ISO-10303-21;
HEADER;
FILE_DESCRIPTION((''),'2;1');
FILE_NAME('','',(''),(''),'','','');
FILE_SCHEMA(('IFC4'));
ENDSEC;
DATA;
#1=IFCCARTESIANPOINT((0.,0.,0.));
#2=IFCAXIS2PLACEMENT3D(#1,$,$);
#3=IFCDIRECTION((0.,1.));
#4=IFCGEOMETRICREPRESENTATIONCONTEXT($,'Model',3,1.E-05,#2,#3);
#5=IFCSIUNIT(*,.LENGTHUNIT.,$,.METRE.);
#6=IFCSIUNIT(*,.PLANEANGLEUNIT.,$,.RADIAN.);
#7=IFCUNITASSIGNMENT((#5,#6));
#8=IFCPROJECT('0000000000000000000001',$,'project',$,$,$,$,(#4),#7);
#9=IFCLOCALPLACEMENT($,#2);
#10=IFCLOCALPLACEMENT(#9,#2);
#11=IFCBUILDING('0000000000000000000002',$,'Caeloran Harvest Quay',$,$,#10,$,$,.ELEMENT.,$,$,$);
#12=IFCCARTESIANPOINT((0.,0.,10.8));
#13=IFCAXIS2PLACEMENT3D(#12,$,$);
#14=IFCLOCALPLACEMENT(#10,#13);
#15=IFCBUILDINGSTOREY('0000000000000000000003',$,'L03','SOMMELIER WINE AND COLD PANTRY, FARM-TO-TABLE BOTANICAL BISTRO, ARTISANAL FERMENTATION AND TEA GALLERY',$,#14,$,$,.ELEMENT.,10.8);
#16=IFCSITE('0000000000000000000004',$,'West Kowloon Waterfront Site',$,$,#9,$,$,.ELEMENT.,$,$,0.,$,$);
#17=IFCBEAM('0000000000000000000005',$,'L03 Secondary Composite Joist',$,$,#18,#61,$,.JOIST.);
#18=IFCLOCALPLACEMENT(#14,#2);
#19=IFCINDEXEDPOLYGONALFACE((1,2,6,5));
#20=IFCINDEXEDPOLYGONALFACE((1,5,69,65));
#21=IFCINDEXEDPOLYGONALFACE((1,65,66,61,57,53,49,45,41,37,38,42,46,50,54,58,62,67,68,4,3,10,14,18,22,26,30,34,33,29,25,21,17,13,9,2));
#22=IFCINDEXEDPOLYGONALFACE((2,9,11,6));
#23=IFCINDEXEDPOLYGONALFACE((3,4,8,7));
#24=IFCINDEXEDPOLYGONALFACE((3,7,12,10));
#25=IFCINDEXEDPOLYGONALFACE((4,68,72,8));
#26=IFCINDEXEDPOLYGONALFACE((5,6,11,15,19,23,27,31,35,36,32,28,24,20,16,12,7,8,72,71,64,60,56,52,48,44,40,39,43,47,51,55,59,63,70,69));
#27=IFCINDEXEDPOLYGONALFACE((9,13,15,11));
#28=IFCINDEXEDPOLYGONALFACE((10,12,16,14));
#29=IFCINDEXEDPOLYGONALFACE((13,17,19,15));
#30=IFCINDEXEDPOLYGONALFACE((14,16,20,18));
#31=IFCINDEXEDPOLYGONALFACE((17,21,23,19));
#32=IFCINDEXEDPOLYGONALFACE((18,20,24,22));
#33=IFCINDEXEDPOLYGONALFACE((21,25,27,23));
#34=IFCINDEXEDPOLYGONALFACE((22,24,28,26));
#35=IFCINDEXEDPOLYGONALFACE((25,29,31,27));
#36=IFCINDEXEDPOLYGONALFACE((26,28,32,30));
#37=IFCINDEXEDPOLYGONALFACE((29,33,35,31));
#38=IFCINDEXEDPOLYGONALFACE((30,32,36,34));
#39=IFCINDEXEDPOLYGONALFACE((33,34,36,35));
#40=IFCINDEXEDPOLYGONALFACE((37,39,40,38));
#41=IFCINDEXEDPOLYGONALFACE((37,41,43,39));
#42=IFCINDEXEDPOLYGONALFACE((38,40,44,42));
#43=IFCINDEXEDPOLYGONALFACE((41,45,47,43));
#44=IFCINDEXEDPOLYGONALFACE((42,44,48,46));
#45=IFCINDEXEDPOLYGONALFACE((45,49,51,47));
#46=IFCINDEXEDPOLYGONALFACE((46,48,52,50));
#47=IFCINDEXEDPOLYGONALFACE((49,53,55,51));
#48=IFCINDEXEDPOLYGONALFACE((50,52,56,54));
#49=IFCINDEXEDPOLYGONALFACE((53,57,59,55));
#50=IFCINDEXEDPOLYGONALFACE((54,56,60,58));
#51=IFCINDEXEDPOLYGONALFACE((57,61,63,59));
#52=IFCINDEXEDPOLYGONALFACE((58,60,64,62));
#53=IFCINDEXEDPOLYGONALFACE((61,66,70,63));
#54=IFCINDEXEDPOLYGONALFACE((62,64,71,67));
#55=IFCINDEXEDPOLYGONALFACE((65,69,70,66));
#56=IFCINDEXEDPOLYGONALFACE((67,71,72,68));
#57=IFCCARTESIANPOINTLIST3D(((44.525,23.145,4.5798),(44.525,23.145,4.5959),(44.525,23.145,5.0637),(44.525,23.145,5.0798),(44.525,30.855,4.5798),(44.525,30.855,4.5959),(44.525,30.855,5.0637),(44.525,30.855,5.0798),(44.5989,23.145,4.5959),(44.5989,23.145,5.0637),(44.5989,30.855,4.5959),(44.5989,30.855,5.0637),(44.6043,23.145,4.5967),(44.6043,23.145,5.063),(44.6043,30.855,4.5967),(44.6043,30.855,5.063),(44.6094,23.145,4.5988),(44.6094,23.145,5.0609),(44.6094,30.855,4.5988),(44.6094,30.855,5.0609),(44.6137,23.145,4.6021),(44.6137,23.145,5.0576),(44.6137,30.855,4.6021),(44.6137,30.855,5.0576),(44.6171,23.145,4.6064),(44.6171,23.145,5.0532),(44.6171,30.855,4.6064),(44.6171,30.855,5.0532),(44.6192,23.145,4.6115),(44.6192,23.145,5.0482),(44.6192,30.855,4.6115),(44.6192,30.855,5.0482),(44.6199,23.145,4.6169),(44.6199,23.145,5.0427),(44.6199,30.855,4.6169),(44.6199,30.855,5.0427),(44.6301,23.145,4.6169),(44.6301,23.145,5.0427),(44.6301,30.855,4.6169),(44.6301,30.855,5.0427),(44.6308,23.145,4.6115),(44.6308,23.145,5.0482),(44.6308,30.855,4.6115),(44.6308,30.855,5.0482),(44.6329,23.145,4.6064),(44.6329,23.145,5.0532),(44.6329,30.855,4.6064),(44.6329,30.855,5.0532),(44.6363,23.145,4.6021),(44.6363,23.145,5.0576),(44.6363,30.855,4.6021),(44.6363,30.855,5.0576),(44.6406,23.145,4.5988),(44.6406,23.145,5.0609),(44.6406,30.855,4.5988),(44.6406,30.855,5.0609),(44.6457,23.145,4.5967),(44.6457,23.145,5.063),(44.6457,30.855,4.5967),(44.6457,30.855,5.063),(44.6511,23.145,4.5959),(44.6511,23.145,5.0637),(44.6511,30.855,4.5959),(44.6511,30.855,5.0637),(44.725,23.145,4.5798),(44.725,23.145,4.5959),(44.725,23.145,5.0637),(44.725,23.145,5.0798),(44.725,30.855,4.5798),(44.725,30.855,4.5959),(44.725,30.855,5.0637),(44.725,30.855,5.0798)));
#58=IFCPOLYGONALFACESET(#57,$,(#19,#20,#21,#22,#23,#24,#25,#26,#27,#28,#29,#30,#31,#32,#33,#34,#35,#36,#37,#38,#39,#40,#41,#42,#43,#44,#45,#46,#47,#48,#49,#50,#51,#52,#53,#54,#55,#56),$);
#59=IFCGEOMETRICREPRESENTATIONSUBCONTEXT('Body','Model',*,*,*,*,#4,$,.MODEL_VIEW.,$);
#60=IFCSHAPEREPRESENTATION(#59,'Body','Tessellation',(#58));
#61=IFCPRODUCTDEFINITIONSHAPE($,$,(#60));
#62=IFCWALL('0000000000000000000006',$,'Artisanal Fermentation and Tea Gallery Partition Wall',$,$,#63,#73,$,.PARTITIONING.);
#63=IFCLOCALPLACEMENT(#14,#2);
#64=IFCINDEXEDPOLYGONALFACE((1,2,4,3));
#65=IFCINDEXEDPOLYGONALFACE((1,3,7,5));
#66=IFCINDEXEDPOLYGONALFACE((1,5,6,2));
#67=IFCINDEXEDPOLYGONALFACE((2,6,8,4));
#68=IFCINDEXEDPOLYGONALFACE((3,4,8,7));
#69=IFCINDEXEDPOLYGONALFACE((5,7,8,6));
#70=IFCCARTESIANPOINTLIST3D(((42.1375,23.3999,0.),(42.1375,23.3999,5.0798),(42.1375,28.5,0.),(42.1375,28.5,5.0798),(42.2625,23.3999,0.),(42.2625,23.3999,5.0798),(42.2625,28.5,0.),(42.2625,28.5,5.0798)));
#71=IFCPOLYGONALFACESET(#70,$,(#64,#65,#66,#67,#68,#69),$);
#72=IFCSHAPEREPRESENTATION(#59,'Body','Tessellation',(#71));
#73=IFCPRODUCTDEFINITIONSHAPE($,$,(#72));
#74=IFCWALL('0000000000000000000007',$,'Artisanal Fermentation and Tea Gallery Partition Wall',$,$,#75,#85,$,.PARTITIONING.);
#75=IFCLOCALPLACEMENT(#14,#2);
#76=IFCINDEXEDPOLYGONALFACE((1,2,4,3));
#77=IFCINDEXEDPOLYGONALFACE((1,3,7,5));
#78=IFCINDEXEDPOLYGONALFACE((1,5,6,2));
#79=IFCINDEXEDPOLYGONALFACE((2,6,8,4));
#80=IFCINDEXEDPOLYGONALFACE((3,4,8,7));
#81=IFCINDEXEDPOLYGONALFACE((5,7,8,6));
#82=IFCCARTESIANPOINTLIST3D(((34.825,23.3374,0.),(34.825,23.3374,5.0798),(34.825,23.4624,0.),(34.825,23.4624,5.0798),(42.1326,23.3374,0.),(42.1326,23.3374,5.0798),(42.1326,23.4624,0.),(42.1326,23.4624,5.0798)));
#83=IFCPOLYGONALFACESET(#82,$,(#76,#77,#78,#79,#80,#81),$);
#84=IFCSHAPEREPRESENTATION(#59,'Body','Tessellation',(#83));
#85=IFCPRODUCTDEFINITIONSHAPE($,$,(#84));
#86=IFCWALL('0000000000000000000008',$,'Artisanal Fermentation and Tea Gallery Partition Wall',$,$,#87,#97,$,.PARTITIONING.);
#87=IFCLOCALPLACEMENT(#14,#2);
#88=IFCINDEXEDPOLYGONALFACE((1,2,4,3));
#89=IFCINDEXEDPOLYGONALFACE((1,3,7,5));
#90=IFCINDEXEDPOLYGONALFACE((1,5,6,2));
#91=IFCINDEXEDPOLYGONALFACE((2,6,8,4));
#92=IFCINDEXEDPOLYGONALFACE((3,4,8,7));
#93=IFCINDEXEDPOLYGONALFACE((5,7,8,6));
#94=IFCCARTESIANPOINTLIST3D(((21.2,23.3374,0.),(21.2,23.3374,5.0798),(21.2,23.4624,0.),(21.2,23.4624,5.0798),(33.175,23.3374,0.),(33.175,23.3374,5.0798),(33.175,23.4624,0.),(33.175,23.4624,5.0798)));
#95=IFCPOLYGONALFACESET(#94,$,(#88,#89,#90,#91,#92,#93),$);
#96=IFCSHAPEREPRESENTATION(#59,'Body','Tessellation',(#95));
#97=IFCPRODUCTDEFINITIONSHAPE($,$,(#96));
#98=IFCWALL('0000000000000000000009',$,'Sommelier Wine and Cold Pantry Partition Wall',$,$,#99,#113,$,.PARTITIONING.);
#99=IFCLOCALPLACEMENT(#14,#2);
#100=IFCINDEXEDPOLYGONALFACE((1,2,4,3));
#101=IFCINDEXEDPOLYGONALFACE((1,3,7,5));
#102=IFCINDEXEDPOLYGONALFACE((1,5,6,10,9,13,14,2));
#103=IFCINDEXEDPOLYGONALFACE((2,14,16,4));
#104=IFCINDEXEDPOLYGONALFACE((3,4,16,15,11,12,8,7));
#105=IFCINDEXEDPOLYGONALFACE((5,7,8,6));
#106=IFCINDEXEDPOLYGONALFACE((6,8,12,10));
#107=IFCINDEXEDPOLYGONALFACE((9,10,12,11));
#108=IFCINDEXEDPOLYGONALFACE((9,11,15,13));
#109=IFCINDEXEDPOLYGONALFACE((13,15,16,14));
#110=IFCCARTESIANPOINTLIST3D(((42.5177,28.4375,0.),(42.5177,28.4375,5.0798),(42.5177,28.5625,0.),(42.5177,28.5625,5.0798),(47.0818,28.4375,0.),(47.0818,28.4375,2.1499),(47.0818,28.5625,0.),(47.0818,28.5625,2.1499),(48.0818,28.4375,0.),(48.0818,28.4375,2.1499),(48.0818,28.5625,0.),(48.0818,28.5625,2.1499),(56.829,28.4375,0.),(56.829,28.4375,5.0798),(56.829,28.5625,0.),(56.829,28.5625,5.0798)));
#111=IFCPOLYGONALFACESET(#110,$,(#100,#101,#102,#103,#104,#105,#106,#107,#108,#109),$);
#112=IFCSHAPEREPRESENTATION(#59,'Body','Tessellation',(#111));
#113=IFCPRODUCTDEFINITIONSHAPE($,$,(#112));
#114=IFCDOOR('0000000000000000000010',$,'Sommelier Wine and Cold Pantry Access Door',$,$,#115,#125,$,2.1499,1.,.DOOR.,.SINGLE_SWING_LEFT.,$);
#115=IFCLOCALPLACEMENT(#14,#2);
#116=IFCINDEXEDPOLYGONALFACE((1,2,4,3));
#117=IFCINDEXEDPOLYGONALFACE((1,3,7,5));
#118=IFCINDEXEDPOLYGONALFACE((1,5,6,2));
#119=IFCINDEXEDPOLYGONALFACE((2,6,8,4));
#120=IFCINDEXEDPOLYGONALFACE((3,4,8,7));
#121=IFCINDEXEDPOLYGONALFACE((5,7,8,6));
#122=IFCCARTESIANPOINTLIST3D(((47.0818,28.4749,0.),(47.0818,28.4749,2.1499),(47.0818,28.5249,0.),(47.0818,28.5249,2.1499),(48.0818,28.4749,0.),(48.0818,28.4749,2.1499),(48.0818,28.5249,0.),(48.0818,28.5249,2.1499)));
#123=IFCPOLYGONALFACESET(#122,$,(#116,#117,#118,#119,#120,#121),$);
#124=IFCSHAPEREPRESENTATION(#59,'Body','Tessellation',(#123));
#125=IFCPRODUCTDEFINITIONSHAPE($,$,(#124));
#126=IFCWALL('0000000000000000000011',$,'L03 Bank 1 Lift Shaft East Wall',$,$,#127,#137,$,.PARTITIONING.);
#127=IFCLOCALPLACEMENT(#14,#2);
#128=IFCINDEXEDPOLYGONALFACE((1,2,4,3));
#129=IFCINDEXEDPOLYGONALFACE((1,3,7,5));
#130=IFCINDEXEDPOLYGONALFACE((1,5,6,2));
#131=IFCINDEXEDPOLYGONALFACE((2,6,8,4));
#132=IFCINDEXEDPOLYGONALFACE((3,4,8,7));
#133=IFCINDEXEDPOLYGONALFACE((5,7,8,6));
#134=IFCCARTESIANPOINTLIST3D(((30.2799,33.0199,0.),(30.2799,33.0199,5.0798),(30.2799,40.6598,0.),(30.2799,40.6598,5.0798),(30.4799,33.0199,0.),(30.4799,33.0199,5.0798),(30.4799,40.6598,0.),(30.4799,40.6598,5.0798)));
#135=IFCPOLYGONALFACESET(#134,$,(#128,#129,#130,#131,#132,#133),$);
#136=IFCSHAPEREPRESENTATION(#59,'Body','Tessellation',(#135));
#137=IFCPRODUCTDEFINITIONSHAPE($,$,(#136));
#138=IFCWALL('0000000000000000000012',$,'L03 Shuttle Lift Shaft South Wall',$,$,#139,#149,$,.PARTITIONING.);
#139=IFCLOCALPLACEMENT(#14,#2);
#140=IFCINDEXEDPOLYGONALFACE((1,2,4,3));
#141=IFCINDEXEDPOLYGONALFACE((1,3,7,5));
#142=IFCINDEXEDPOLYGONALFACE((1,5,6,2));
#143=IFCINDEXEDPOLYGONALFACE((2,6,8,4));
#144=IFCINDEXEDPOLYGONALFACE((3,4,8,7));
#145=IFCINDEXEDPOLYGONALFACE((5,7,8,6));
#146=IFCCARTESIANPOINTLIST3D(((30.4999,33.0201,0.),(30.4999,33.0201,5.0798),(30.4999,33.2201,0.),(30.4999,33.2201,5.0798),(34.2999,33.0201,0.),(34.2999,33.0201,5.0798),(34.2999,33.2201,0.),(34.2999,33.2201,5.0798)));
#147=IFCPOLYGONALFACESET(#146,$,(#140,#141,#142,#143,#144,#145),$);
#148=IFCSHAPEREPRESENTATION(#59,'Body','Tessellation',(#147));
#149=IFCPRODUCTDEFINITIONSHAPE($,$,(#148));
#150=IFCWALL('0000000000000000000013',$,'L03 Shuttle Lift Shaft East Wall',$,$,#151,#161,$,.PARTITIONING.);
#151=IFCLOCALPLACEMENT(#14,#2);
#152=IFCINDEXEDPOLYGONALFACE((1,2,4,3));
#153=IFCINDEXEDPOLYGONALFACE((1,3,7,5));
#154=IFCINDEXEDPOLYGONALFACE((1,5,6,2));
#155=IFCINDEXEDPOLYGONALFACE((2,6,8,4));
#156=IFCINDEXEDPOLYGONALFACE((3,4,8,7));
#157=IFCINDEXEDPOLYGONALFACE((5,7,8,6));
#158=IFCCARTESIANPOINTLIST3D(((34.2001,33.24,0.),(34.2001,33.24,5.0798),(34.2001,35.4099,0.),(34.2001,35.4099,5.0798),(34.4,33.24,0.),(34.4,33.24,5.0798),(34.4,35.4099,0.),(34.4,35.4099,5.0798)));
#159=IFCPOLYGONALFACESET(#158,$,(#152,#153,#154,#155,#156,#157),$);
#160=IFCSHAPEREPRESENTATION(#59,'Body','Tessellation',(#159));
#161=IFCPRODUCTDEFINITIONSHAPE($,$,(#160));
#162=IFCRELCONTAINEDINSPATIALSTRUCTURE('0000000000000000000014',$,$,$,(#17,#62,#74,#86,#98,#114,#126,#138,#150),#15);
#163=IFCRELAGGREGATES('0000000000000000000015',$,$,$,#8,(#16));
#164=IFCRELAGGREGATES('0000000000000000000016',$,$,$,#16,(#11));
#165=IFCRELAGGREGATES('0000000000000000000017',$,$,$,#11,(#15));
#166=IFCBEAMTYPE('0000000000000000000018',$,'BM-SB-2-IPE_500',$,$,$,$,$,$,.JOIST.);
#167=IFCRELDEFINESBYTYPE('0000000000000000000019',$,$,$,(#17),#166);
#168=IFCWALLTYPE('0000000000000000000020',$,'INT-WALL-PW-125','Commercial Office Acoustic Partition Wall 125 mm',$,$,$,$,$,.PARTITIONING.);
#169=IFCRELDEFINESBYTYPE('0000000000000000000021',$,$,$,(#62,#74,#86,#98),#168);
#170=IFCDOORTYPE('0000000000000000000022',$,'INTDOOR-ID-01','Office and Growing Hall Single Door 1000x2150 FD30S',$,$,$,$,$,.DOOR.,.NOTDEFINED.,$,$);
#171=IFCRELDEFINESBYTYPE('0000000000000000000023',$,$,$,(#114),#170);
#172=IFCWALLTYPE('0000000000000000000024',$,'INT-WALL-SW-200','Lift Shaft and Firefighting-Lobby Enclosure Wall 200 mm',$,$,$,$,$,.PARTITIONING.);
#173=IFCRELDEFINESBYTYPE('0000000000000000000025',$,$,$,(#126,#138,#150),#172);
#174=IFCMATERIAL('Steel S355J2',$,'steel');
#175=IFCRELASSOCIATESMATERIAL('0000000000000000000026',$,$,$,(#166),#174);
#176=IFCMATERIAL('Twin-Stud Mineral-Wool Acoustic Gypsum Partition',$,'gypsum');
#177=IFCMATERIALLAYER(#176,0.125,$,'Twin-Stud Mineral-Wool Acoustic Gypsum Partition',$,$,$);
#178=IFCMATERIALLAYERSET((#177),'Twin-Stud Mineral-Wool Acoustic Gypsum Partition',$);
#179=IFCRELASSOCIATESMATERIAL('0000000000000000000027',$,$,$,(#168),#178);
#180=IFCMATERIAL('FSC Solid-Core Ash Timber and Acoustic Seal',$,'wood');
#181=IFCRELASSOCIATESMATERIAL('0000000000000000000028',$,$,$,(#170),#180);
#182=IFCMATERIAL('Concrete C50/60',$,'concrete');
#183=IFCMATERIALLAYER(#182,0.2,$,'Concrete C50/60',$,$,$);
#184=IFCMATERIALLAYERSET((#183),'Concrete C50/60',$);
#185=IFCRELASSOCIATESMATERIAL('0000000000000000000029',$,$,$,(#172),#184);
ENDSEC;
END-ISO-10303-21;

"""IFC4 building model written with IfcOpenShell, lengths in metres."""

from ifc_helpers import new_model, si_unit, direction, frame, frame_2d, origin, origin_2d, place, context, subcontext, project, spatial, rectangle, i_section, extrude, material, layer, layer_set, material_profile, profile_set, type_object, element, fill, save


model = new_model("IFC4")

# Units and contexts
model_context = context("Model", 3, precision=1e-05, world=origin(), true_north=direction((0.0, 1.0)))
body_context = subcontext(model_context, "Body", "Model", "MODEL_VIEW")
ifc_project = project(units=[si_unit("LENGTHUNIT", "METRE"), si_unit("PLANEANGLEUNIT", "RADIAN")], contexts=[model_context])

# Site, building, storey
site_placement = place(None, origin())
site = spatial("IfcSite", under=ifc_project, at=site_placement, Name="West Kowloon Waterfront Site", CompositionType="ELEMENT", RefElevation=0.0)
building_placement = place(site_placement, origin())
building = spatial("IfcBuilding", under=site, at=building_placement, Name="Caeloran Harvest Quay", CompositionType="ELEMENT")
storey_placement = place(building_placement, frame((0.0, 0.0, 10.8)))
storey = spatial("IfcBuildingStorey", under=building, at=storey_placement, Name="L03", Description="SOMMELIER WINE AND COLD PANTRY, FARM-TO-TABLE BOTANICAL BISTRO, ARTISANAL FERMENTATION AND TEA GALLERY", CompositionType="ELEMENT", Elevation=10.8)

# Beam
ifc_material_1 = material(Name="Steel S355J2", Category="steel")
ifc_material_profile_1 = material_profile(ifc_material_1, i_section(OverallWidth=0.2, OverallDepth=0.5, WebThickness=0.0103, FlangeThickness=0.0161, FilletRadius=0.021, at=origin_2d()), Name="IPE 500")
ifc_profile_set_1 = profile_set([ifc_material_profile_1], Name="Steel S355J2")
beam_type_1 = type_object("IfcBeamType", Name="BM-SB-2-IPE_500", PredefinedType="JOIST", material=ifc_profile_set_1)
for number, where, z_axis, x_axis, name in (
    (1, (44.625, 23.145, 4.8298), (0.0, 1.0, 0.0), (-1.0, 0.0, 0.0), "L03 Secondary Composite Joist"),
):
    element("IfcBeam", number, at=place(storey_placement, frame(where, z_axis=z_axis, x_axis=x_axis)), inside=storey, type_object=beam_type_1, Name=name, PredefinedType="JOIST", context=body_context, shape_type="SweptSolid", body=[
        extrude(i_section(OverallWidth=0.2, OverallDepth=0.5, WebThickness=0.0103, FlangeThickness=0.0161, FilletRadius=0.021, at=origin_2d()), origin(), (0.0, 0.0, 1.0), 7.71),
    ])

# Walls
ifc_material_2 = material(Name="Twin-Stud Mineral-Wool Acoustic Gypsum Partition", Category="gypsum")
ifc_layer_1 = layer(ifc_material_2, 0.125, Name="Twin-Stud Mineral-Wool Acoustic Gypsum Partition")
ifc_layer_set_1 = layer_set([ifc_layer_1], Name="Twin-Stud Mineral-Wool Acoustic Gypsum Partition")
wall_type_1 = type_object("IfcWallType", Name="INT-WALL-PW-125", Description="Commercial Office Acoustic Partition Wall 125 mm", PredefinedType="PARTITIONING", material=ifc_layer_set_1)
wall_1_placement = place(storey_placement, frame((42.2, 28.5, 0.0), z_axis=(0.0, 0.0, 1.0), x_axis=(0.0, -1.0, 0.0)))
element("IfcWall", 2, at=wall_1_placement, inside=storey, type_object=wall_type_1, Name="Artisanal Fermentation and Tea Gallery Partition Wall", PredefinedType="PARTITIONING", context=body_context, shape_type="SweptSolid", body=[
    extrude(rectangle(XDim=5.1001, YDim=0.125, at=frame_2d((2.55, 0.0))), origin(), (0.0, 0.0, 1.0), 5.0798),
])
wall_2_placement = place(storey_placement, frame((42.1326, 23.3999, 0.0), z_axis=(0.0, 0.0, 1.0), x_axis=(-1.0, 0.0, 0.0)))
element("IfcWall", 3, at=wall_2_placement, inside=storey, type_object=wall_type_1, Name="Artisanal Fermentation and Tea Gallery Partition Wall", PredefinedType="PARTITIONING", context=body_context, shape_type="SweptSolid", body=[
    extrude(rectangle(XDim=7.3076, YDim=0.125, at=frame_2d((3.6538, 0.0))), origin(), (0.0, 0.0, 1.0), 5.0798),
])
wall_3_placement = place(storey_placement, frame((33.175, 23.3999, 0.0), z_axis=(0.0, 0.0, 1.0), x_axis=(-1.0, 0.0, 0.0)))
element("IfcWall", 4, at=wall_3_placement, inside=storey, type_object=wall_type_1, Name="Artisanal Fermentation and Tea Gallery Partition Wall", PredefinedType="PARTITIONING", context=body_context, shape_type="SweptSolid", body=[
    extrude(rectangle(XDim=11.9751, YDim=0.125, at=frame_2d((5.9875, 0.0))), origin(), (0.0, 0.0, 1.0), 5.0798),
])

# Wall, opening, door
wall_4_placement = place(storey_placement, frame((42.5176, 28.5, 0.0), z_axis=(0.0, 0.0, 1.0), x_axis=(1.0, 0.0, 0.0)))
wall_4 = element("IfcWall", 5, at=wall_4_placement, inside=storey, type_object=wall_type_1, Name="Sommelier Wine and Cold Pantry Partition Wall", PredefinedType="PARTITIONING", context=body_context, shape_type="SweptSolid", body=[
    extrude(rectangle(XDim=14.3113, YDim=0.125, at=frame_2d((7.1558, 0.0))), origin(), (0.0, 0.0, 1.0), 5.0798),
])
opening_placement = place(wall_4_placement, frame((4.5642, 0.0, 0.0)))
opening = element("IfcOpeningElement", 6, at=opening_placement, cuts=wall_4, PredefinedType="OPENING", context=body_context, shape_type="SweptSolid", body=[
    extrude(rectangle(XDim=1.0, YDim=2.1499, at=frame_2d((0.5, 1.075))), frame((0.0, 0.0725, 0.0), z_axis=(0.0, -1.0, 0.0), x_axis=(1.0, 0.0, 0.0)), (0.0, 0.0, 1.0), 0.145),
])
ifc_material_3 = material(Name="FSC Solid-Core Ash Timber and Acoustic Seal", Category="wood")
door_type = type_object("IfcDoorType", Name="INTDOOR-ID-01", Description="Office and Growing Hall Single Door 1000x2150 FD30S", OperationType="NOTDEFINED", PredefinedType="DOOR", material=ifc_material_3)
door_placement = place(opening_placement, origin())
door = element("IfcDoor", 7, at=door_placement, inside=storey, type_object=door_type, Name="Sommelier Wine and Cold Pantry Access Door", OperationType="SINGLE_SWING_LEFT", OverallHeight=2.1499, OverallWidth=1.0, PredefinedType="DOOR", context=body_context, shape_type="SweptSolid", body=[
    extrude(rectangle(XDim=1.0, YDim=2.1499, at=frame_2d((0.5, 1.075))), frame((0.0, 0.0249, 0.0), z_axis=(0.0, -1.0, 0.0), x_axis=(1.0, 0.0, 0.0)), (0.0, 0.0, 1.0), 0.05),
])
fill(opening, door)

# Walls
ifc_material_4 = material(Name="Concrete C50/60", Category="concrete")
ifc_layer_2 = layer(ifc_material_4, 0.2, Name="Concrete C50/60")
ifc_layer_set_2 = layer_set([ifc_layer_2], Name="Concrete C50/60")
wall_type_2 = type_object("IfcWallType", Name="INT-WALL-SW-200", Description="Lift Shaft and Firefighting-Lobby Enclosure Wall 200 mm", PredefinedType="PARTITIONING", material=ifc_layer_set_2)
wall_5_placement = place(storey_placement, frame((30.3799, 33.02, 0.0), z_axis=(0.0, 0.0, 1.0), x_axis=(0.0, 1.0, 0.0)))
element("IfcWall", 8, at=wall_5_placement, inside=storey, type_object=wall_type_2, Name="L03 Bank 1 Lift Shaft East Wall", PredefinedType="PARTITIONING", context=body_context, shape_type="SweptSolid", body=[
    extrude(rectangle(XDim=7.6399, YDim=0.2, at=frame_2d((3.8198, 0.0))), origin(), (0.0, 0.0, 1.0), 5.0798),
])
wall_6_placement = place(storey_placement, frame((30.5, 33.1201, 0.0), z_axis=(0.0, 0.0, 1.0), x_axis=(1.0, 0.0, 0.0)))
element("IfcWall", 9, at=wall_6_placement, inside=storey, type_object=wall_type_2, Name="L03 Shuttle Lift Shaft South Wall", PredefinedType="PARTITIONING", context=body_context, shape_type="SweptSolid", body=[
    extrude(rectangle(XDim=3.8, YDim=0.2, at=frame_2d((1.8999, 0.0))), origin(), (0.0, 0.0, 1.0), 5.0798),
])
wall_7_placement = place(storey_placement, frame((34.3, 33.24, 0.0), z_axis=(0.0, 0.0, 1.0), x_axis=(0.0, 1.0, 0.0)))
element("IfcWall", 10, at=wall_7_placement, inside=storey, type_object=wall_type_2, Name="L03 Shuttle Lift Shaft East Wall", PredefinedType="PARTITIONING", context=body_context, shape_type="SweptSolid", body=[
    extrude(rectangle(XDim=2.1699, YDim=0.2, at=frame_2d((1.085, 0.0))), origin(), (0.0, 0.0, 1.0), 5.0798),
])

save(model, "model.ifc")
